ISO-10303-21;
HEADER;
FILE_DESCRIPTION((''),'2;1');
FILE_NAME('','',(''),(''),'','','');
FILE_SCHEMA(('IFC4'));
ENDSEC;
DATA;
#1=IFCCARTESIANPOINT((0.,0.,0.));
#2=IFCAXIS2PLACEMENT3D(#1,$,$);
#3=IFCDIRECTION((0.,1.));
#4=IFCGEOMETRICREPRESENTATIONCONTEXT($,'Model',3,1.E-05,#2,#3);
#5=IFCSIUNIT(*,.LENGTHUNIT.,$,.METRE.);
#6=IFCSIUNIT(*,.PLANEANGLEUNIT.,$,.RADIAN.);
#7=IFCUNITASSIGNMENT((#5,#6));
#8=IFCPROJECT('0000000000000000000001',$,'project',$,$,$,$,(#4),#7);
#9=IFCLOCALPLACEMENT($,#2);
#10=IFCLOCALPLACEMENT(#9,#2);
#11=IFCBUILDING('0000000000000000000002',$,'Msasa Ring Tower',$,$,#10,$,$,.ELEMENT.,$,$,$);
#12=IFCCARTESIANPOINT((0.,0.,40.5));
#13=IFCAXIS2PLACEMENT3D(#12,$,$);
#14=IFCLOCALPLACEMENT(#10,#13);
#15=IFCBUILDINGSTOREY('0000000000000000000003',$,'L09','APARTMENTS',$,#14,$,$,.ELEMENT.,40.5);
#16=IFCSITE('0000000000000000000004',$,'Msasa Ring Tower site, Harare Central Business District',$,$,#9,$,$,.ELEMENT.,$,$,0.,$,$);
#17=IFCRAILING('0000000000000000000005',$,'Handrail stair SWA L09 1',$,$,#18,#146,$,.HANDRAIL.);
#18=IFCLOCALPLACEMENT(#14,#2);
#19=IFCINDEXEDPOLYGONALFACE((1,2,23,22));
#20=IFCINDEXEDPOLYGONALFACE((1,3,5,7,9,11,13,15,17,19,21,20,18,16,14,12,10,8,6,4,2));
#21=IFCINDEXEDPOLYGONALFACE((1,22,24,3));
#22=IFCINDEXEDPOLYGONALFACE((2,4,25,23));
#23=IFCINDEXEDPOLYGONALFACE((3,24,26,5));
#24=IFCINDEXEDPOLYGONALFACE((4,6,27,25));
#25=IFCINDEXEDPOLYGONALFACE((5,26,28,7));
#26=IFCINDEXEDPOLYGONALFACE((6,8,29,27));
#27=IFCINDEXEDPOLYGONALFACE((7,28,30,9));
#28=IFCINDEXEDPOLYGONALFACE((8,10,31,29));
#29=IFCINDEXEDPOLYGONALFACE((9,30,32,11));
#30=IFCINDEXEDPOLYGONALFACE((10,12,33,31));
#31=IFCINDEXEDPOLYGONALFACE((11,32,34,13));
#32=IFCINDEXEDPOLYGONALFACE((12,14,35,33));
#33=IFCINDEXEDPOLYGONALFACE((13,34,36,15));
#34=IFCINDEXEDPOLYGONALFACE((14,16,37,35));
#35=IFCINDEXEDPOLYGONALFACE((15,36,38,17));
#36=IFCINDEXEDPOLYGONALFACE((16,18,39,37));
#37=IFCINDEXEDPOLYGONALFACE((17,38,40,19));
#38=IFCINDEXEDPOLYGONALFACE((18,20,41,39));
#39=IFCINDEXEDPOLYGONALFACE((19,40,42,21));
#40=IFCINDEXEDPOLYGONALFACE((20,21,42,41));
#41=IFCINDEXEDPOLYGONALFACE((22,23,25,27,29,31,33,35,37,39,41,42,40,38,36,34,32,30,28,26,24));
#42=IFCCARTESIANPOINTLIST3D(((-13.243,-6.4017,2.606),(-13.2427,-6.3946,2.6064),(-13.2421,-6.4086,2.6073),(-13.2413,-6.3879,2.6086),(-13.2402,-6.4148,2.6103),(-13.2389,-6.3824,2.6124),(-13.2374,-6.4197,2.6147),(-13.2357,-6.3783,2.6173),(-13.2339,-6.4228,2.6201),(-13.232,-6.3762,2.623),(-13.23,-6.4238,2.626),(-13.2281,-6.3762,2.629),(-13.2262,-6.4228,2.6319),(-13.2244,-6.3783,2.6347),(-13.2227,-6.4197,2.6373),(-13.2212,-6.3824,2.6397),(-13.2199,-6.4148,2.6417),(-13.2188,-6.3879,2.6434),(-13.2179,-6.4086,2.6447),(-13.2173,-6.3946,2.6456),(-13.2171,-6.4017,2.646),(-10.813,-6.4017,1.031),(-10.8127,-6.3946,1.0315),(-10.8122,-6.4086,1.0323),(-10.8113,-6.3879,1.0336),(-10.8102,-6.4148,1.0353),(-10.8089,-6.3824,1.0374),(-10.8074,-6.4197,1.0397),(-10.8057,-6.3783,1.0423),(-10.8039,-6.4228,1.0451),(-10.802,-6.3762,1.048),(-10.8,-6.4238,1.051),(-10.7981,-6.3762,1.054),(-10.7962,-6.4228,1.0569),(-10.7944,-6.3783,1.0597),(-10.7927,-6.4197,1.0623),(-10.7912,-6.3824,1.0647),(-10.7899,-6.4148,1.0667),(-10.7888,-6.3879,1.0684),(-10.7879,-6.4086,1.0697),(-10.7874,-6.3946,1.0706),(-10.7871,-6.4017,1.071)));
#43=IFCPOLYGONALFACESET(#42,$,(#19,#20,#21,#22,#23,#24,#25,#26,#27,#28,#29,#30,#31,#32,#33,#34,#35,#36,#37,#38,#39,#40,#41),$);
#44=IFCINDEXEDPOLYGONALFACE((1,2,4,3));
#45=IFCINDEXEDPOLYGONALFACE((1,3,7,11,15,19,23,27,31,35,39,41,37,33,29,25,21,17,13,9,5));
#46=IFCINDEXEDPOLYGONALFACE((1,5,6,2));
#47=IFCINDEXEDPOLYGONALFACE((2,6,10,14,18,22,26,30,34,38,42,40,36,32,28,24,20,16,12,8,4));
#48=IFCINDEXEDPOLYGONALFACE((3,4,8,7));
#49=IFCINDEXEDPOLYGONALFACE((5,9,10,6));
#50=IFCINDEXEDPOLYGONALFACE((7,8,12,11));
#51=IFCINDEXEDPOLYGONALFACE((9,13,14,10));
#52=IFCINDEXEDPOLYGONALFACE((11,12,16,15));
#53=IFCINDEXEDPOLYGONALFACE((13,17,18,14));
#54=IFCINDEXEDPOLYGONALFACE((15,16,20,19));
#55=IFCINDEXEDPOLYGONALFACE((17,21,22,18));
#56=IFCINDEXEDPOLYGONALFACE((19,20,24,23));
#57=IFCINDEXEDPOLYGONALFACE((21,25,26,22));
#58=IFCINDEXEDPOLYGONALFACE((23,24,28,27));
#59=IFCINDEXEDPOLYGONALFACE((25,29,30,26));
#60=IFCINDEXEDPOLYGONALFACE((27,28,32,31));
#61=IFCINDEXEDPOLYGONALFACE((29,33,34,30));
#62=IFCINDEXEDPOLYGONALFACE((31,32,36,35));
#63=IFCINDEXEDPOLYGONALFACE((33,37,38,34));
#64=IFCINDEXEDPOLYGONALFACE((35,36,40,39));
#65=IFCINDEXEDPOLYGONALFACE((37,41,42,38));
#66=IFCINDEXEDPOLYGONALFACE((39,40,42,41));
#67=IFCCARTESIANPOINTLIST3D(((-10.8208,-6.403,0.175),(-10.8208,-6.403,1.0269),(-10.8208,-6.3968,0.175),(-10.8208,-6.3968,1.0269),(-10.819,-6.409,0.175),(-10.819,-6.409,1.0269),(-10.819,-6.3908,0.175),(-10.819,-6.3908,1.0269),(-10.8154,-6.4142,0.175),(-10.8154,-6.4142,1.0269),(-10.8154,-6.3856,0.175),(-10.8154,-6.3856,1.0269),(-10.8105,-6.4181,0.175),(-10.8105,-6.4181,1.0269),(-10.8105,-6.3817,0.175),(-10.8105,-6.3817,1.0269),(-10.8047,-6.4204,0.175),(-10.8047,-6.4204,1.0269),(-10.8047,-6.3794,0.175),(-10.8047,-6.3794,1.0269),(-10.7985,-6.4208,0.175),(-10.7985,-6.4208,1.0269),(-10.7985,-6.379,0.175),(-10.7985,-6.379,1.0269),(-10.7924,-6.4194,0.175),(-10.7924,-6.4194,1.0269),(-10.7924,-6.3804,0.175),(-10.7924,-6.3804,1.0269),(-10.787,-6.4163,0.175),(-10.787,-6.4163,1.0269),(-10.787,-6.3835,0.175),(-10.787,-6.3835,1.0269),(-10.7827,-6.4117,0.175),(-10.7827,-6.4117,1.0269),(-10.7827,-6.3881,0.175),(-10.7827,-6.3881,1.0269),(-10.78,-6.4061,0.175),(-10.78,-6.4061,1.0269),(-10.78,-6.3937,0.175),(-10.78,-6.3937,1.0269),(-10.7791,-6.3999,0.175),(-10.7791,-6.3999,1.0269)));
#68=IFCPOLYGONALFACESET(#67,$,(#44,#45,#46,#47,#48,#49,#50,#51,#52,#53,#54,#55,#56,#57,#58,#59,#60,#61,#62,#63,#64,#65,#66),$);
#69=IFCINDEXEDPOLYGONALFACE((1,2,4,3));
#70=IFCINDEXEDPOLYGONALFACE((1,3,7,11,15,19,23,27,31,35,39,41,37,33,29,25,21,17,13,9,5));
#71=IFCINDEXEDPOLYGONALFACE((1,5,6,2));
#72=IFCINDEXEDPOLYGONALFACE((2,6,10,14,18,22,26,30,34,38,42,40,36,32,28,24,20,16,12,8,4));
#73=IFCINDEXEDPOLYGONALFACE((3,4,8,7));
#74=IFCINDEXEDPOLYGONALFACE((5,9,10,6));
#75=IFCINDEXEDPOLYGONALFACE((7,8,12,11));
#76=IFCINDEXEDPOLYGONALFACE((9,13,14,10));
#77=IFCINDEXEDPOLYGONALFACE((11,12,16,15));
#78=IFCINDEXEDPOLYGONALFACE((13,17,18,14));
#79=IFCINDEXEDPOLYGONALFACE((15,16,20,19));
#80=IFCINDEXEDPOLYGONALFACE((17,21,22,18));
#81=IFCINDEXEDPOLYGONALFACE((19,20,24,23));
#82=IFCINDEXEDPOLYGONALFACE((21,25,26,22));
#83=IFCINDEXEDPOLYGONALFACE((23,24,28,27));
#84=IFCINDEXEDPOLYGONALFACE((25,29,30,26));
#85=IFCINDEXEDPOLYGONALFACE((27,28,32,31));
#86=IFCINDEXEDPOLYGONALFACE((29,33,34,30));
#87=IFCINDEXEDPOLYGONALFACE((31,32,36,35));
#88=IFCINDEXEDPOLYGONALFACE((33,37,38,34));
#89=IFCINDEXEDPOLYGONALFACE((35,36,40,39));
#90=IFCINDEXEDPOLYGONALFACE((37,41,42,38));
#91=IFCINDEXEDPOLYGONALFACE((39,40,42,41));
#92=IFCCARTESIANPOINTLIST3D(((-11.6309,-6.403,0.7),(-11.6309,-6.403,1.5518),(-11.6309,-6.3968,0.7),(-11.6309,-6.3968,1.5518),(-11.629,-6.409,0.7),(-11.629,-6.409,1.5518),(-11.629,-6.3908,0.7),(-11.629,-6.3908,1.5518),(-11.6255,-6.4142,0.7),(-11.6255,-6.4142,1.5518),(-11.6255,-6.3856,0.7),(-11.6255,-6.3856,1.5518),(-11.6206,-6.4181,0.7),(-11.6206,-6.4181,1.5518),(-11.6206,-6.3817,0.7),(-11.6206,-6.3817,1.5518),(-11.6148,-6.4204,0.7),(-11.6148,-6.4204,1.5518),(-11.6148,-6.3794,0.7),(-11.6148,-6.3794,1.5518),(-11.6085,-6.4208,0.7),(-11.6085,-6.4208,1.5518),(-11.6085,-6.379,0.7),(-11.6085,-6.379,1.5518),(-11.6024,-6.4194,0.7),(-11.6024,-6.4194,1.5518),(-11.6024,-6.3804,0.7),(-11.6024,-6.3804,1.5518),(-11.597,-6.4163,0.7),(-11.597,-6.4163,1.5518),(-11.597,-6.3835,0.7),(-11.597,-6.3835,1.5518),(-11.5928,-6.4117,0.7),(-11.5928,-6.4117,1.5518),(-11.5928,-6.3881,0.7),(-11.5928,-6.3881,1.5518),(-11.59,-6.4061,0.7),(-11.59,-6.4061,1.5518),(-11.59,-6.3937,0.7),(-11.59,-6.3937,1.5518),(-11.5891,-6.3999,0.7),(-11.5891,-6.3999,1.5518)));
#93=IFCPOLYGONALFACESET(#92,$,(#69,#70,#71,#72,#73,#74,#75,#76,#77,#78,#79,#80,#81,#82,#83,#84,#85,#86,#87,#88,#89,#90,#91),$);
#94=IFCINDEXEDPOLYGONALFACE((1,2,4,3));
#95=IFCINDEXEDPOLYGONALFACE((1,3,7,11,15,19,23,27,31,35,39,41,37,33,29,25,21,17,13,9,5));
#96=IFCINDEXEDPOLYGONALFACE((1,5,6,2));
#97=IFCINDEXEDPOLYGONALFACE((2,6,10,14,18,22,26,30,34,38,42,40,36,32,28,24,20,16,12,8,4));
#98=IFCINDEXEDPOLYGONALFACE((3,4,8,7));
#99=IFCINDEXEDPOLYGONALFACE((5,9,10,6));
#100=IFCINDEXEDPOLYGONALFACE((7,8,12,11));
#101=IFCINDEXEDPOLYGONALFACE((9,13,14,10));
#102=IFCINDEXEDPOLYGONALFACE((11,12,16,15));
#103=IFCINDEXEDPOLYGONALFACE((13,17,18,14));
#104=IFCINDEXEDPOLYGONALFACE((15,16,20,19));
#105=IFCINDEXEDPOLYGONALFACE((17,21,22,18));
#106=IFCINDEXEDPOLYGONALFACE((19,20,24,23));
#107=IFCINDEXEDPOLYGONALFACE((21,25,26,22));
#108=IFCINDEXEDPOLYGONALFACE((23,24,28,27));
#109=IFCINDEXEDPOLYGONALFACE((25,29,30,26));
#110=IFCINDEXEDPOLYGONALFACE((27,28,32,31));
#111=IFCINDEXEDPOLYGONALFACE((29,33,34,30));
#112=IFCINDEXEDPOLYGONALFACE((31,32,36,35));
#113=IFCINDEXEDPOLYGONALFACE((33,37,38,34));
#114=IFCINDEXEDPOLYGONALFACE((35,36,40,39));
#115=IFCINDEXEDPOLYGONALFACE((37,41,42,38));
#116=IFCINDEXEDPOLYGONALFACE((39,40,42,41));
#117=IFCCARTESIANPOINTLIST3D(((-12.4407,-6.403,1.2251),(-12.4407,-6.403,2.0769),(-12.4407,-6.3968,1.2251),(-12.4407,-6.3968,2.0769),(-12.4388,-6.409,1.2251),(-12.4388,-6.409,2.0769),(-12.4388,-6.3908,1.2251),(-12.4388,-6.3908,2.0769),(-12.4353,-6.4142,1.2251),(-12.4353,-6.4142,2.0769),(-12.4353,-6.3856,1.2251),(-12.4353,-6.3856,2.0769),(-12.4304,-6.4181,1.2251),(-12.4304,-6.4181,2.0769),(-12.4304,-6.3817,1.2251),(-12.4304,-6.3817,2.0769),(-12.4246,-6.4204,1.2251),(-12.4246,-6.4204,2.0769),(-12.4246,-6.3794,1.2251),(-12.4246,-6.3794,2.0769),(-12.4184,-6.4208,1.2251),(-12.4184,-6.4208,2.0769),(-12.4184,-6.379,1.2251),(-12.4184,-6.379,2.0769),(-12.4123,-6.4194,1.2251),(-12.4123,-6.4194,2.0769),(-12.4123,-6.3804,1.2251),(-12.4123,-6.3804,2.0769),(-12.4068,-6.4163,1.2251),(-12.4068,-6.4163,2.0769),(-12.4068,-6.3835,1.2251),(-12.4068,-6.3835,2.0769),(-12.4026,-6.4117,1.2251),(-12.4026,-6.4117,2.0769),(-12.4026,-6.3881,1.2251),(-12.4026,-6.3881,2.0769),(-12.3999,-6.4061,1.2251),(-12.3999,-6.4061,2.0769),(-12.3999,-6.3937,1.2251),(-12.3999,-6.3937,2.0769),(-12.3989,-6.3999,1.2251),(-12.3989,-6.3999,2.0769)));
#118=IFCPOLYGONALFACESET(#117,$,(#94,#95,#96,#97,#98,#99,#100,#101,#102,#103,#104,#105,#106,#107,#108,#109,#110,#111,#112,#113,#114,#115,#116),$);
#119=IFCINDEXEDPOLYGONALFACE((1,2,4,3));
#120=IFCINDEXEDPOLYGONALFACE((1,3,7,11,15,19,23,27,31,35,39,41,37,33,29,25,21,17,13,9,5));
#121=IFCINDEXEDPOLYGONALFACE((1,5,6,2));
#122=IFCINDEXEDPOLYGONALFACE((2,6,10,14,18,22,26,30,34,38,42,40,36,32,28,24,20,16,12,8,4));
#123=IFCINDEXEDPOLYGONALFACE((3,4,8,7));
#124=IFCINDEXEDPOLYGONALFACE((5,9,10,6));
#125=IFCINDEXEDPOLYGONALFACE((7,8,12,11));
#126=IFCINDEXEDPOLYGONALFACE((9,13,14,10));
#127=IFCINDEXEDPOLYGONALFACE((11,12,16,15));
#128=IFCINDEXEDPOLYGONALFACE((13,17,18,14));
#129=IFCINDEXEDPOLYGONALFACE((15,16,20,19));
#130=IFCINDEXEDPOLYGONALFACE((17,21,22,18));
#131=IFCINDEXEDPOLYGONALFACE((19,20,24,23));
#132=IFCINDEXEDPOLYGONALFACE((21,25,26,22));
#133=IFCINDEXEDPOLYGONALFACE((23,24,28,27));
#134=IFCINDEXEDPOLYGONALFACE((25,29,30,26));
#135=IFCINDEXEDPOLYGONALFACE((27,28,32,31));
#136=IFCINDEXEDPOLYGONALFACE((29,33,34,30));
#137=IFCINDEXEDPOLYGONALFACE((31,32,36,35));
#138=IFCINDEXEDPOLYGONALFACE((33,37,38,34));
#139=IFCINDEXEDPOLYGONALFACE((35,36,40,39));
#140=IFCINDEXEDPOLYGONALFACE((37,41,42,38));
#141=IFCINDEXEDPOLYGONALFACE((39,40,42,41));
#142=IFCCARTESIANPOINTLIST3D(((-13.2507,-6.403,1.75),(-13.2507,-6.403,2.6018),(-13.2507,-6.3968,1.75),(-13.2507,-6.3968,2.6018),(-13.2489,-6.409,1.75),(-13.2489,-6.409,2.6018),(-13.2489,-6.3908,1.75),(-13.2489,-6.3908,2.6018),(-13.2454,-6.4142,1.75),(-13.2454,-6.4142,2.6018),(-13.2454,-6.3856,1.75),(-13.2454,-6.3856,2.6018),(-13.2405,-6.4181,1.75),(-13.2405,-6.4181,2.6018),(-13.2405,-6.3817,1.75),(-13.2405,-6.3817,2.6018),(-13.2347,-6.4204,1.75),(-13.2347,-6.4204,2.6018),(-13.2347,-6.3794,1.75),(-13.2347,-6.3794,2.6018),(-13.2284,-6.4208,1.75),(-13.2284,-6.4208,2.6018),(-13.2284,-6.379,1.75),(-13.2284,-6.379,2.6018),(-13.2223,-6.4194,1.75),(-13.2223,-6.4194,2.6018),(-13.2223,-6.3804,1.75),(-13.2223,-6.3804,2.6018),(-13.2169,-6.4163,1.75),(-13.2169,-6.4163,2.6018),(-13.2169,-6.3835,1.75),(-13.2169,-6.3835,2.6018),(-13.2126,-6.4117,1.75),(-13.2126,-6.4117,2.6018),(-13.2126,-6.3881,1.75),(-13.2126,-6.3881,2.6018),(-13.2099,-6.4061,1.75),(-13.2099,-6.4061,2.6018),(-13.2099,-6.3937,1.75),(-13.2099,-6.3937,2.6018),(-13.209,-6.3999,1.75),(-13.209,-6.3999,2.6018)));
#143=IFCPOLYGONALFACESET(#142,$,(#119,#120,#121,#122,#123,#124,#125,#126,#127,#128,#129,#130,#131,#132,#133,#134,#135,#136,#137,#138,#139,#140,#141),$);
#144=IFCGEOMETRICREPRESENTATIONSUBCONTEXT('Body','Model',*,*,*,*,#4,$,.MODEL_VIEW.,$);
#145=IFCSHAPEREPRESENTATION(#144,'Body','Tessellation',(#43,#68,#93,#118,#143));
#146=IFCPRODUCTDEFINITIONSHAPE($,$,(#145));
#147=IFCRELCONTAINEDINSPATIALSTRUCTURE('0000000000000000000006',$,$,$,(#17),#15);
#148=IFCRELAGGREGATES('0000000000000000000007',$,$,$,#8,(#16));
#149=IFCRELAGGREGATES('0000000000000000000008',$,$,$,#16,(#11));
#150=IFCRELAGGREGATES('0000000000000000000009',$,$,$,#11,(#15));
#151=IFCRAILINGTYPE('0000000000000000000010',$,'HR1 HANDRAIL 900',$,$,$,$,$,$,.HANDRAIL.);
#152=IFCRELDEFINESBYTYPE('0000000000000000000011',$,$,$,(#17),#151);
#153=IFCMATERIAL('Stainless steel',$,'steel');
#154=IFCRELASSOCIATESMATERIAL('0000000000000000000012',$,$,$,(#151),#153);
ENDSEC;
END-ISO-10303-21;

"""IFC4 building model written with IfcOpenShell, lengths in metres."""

from ifc_helpers import new_model, si_unit, direction, frame, origin, origin_2d, place, context, subcontext, project, spatial, circle, extrude, material, type_object, element, save


model = new_model("IFC4")

# Units and contexts
model_context = context("Model", 3, precision=1e-05, world=origin(), true_north=direction((0.0, 1.0)))
body_context = subcontext(model_context, "Body", "Model", "MODEL_VIEW")
ifc_project = project(units=[si_unit("LENGTHUNIT", "METRE"), si_unit("PLANEANGLEUNIT", "RADIAN")], contexts=[model_context])

# Site, building, storey
site_placement = place(None, origin())
site = spatial("IfcSite", under=ifc_project, at=site_placement, Name="Msasa Ring Tower site, Harare Central Business District", CompositionType="ELEMENT", RefElevation=0.0)
building_placement = place(site_placement, origin())
building = spatial("IfcBuilding", under=site, at=building_placement, Name="Msasa Ring Tower", CompositionType="ELEMENT")
storey_placement = place(building_placement, frame((0.0, 0.0, 40.5)))
storey = spatial("IfcBuildingStorey", under=building, at=storey_placement, Name="L09", Description="APARTMENTS", CompositionType="ELEMENT", Elevation=40.5)

# Railing
ifc_material_1 = material(Name="Stainless steel", Category="steel")
railing_type = type_object("IfcRailingType", Name="HR1 HANDRAIL 900", PredefinedType="HANDRAIL", material=ifc_material_1)
for number, where, name in (
    (1, (-10.8, -6.3999, 0.175), "Handrail stair SWA L09 1"),
):
    element("IfcRailing", number, at=place(storey_placement, frame(where)), inside=storey, type_object=railing_type, Name=name, PredefinedType="HANDRAIL", context=body_context, shape_type="SweptSolid", body=[
        extrude(circle(Radius=0.0239, at=origin_2d()), frame((0.0, 0.0, 0.876), z_axis=(-0.839154, 0.0, 0.543894), x_axis=(0.0, -1.0, 0.0)), (0.0, 0.0, 1.0), 2.8958),
        extrude(circle(Radius=0.021, at=origin_2d()), origin(), (0.0, 0.0, 1.0), 0.8518),
        extrude(circle(Radius=0.021, at=origin_2d()), frame((-0.8101, 0.0, 0.5249)), (0.0, 0.0, 1.0), 0.8518),
        extrude(circle(Radius=0.021, at=origin_2d()), frame((-1.6199, 0.0, 1.05)), (0.0, 0.0, 1.0), 0.8518),
        extrude(circle(Radius=0.021, at=origin_2d()), frame((-2.4299, 0.0, 1.575)), (0.0, 0.0, 1.0), 0.8518),
    ])

save(model, "model.ifc")
